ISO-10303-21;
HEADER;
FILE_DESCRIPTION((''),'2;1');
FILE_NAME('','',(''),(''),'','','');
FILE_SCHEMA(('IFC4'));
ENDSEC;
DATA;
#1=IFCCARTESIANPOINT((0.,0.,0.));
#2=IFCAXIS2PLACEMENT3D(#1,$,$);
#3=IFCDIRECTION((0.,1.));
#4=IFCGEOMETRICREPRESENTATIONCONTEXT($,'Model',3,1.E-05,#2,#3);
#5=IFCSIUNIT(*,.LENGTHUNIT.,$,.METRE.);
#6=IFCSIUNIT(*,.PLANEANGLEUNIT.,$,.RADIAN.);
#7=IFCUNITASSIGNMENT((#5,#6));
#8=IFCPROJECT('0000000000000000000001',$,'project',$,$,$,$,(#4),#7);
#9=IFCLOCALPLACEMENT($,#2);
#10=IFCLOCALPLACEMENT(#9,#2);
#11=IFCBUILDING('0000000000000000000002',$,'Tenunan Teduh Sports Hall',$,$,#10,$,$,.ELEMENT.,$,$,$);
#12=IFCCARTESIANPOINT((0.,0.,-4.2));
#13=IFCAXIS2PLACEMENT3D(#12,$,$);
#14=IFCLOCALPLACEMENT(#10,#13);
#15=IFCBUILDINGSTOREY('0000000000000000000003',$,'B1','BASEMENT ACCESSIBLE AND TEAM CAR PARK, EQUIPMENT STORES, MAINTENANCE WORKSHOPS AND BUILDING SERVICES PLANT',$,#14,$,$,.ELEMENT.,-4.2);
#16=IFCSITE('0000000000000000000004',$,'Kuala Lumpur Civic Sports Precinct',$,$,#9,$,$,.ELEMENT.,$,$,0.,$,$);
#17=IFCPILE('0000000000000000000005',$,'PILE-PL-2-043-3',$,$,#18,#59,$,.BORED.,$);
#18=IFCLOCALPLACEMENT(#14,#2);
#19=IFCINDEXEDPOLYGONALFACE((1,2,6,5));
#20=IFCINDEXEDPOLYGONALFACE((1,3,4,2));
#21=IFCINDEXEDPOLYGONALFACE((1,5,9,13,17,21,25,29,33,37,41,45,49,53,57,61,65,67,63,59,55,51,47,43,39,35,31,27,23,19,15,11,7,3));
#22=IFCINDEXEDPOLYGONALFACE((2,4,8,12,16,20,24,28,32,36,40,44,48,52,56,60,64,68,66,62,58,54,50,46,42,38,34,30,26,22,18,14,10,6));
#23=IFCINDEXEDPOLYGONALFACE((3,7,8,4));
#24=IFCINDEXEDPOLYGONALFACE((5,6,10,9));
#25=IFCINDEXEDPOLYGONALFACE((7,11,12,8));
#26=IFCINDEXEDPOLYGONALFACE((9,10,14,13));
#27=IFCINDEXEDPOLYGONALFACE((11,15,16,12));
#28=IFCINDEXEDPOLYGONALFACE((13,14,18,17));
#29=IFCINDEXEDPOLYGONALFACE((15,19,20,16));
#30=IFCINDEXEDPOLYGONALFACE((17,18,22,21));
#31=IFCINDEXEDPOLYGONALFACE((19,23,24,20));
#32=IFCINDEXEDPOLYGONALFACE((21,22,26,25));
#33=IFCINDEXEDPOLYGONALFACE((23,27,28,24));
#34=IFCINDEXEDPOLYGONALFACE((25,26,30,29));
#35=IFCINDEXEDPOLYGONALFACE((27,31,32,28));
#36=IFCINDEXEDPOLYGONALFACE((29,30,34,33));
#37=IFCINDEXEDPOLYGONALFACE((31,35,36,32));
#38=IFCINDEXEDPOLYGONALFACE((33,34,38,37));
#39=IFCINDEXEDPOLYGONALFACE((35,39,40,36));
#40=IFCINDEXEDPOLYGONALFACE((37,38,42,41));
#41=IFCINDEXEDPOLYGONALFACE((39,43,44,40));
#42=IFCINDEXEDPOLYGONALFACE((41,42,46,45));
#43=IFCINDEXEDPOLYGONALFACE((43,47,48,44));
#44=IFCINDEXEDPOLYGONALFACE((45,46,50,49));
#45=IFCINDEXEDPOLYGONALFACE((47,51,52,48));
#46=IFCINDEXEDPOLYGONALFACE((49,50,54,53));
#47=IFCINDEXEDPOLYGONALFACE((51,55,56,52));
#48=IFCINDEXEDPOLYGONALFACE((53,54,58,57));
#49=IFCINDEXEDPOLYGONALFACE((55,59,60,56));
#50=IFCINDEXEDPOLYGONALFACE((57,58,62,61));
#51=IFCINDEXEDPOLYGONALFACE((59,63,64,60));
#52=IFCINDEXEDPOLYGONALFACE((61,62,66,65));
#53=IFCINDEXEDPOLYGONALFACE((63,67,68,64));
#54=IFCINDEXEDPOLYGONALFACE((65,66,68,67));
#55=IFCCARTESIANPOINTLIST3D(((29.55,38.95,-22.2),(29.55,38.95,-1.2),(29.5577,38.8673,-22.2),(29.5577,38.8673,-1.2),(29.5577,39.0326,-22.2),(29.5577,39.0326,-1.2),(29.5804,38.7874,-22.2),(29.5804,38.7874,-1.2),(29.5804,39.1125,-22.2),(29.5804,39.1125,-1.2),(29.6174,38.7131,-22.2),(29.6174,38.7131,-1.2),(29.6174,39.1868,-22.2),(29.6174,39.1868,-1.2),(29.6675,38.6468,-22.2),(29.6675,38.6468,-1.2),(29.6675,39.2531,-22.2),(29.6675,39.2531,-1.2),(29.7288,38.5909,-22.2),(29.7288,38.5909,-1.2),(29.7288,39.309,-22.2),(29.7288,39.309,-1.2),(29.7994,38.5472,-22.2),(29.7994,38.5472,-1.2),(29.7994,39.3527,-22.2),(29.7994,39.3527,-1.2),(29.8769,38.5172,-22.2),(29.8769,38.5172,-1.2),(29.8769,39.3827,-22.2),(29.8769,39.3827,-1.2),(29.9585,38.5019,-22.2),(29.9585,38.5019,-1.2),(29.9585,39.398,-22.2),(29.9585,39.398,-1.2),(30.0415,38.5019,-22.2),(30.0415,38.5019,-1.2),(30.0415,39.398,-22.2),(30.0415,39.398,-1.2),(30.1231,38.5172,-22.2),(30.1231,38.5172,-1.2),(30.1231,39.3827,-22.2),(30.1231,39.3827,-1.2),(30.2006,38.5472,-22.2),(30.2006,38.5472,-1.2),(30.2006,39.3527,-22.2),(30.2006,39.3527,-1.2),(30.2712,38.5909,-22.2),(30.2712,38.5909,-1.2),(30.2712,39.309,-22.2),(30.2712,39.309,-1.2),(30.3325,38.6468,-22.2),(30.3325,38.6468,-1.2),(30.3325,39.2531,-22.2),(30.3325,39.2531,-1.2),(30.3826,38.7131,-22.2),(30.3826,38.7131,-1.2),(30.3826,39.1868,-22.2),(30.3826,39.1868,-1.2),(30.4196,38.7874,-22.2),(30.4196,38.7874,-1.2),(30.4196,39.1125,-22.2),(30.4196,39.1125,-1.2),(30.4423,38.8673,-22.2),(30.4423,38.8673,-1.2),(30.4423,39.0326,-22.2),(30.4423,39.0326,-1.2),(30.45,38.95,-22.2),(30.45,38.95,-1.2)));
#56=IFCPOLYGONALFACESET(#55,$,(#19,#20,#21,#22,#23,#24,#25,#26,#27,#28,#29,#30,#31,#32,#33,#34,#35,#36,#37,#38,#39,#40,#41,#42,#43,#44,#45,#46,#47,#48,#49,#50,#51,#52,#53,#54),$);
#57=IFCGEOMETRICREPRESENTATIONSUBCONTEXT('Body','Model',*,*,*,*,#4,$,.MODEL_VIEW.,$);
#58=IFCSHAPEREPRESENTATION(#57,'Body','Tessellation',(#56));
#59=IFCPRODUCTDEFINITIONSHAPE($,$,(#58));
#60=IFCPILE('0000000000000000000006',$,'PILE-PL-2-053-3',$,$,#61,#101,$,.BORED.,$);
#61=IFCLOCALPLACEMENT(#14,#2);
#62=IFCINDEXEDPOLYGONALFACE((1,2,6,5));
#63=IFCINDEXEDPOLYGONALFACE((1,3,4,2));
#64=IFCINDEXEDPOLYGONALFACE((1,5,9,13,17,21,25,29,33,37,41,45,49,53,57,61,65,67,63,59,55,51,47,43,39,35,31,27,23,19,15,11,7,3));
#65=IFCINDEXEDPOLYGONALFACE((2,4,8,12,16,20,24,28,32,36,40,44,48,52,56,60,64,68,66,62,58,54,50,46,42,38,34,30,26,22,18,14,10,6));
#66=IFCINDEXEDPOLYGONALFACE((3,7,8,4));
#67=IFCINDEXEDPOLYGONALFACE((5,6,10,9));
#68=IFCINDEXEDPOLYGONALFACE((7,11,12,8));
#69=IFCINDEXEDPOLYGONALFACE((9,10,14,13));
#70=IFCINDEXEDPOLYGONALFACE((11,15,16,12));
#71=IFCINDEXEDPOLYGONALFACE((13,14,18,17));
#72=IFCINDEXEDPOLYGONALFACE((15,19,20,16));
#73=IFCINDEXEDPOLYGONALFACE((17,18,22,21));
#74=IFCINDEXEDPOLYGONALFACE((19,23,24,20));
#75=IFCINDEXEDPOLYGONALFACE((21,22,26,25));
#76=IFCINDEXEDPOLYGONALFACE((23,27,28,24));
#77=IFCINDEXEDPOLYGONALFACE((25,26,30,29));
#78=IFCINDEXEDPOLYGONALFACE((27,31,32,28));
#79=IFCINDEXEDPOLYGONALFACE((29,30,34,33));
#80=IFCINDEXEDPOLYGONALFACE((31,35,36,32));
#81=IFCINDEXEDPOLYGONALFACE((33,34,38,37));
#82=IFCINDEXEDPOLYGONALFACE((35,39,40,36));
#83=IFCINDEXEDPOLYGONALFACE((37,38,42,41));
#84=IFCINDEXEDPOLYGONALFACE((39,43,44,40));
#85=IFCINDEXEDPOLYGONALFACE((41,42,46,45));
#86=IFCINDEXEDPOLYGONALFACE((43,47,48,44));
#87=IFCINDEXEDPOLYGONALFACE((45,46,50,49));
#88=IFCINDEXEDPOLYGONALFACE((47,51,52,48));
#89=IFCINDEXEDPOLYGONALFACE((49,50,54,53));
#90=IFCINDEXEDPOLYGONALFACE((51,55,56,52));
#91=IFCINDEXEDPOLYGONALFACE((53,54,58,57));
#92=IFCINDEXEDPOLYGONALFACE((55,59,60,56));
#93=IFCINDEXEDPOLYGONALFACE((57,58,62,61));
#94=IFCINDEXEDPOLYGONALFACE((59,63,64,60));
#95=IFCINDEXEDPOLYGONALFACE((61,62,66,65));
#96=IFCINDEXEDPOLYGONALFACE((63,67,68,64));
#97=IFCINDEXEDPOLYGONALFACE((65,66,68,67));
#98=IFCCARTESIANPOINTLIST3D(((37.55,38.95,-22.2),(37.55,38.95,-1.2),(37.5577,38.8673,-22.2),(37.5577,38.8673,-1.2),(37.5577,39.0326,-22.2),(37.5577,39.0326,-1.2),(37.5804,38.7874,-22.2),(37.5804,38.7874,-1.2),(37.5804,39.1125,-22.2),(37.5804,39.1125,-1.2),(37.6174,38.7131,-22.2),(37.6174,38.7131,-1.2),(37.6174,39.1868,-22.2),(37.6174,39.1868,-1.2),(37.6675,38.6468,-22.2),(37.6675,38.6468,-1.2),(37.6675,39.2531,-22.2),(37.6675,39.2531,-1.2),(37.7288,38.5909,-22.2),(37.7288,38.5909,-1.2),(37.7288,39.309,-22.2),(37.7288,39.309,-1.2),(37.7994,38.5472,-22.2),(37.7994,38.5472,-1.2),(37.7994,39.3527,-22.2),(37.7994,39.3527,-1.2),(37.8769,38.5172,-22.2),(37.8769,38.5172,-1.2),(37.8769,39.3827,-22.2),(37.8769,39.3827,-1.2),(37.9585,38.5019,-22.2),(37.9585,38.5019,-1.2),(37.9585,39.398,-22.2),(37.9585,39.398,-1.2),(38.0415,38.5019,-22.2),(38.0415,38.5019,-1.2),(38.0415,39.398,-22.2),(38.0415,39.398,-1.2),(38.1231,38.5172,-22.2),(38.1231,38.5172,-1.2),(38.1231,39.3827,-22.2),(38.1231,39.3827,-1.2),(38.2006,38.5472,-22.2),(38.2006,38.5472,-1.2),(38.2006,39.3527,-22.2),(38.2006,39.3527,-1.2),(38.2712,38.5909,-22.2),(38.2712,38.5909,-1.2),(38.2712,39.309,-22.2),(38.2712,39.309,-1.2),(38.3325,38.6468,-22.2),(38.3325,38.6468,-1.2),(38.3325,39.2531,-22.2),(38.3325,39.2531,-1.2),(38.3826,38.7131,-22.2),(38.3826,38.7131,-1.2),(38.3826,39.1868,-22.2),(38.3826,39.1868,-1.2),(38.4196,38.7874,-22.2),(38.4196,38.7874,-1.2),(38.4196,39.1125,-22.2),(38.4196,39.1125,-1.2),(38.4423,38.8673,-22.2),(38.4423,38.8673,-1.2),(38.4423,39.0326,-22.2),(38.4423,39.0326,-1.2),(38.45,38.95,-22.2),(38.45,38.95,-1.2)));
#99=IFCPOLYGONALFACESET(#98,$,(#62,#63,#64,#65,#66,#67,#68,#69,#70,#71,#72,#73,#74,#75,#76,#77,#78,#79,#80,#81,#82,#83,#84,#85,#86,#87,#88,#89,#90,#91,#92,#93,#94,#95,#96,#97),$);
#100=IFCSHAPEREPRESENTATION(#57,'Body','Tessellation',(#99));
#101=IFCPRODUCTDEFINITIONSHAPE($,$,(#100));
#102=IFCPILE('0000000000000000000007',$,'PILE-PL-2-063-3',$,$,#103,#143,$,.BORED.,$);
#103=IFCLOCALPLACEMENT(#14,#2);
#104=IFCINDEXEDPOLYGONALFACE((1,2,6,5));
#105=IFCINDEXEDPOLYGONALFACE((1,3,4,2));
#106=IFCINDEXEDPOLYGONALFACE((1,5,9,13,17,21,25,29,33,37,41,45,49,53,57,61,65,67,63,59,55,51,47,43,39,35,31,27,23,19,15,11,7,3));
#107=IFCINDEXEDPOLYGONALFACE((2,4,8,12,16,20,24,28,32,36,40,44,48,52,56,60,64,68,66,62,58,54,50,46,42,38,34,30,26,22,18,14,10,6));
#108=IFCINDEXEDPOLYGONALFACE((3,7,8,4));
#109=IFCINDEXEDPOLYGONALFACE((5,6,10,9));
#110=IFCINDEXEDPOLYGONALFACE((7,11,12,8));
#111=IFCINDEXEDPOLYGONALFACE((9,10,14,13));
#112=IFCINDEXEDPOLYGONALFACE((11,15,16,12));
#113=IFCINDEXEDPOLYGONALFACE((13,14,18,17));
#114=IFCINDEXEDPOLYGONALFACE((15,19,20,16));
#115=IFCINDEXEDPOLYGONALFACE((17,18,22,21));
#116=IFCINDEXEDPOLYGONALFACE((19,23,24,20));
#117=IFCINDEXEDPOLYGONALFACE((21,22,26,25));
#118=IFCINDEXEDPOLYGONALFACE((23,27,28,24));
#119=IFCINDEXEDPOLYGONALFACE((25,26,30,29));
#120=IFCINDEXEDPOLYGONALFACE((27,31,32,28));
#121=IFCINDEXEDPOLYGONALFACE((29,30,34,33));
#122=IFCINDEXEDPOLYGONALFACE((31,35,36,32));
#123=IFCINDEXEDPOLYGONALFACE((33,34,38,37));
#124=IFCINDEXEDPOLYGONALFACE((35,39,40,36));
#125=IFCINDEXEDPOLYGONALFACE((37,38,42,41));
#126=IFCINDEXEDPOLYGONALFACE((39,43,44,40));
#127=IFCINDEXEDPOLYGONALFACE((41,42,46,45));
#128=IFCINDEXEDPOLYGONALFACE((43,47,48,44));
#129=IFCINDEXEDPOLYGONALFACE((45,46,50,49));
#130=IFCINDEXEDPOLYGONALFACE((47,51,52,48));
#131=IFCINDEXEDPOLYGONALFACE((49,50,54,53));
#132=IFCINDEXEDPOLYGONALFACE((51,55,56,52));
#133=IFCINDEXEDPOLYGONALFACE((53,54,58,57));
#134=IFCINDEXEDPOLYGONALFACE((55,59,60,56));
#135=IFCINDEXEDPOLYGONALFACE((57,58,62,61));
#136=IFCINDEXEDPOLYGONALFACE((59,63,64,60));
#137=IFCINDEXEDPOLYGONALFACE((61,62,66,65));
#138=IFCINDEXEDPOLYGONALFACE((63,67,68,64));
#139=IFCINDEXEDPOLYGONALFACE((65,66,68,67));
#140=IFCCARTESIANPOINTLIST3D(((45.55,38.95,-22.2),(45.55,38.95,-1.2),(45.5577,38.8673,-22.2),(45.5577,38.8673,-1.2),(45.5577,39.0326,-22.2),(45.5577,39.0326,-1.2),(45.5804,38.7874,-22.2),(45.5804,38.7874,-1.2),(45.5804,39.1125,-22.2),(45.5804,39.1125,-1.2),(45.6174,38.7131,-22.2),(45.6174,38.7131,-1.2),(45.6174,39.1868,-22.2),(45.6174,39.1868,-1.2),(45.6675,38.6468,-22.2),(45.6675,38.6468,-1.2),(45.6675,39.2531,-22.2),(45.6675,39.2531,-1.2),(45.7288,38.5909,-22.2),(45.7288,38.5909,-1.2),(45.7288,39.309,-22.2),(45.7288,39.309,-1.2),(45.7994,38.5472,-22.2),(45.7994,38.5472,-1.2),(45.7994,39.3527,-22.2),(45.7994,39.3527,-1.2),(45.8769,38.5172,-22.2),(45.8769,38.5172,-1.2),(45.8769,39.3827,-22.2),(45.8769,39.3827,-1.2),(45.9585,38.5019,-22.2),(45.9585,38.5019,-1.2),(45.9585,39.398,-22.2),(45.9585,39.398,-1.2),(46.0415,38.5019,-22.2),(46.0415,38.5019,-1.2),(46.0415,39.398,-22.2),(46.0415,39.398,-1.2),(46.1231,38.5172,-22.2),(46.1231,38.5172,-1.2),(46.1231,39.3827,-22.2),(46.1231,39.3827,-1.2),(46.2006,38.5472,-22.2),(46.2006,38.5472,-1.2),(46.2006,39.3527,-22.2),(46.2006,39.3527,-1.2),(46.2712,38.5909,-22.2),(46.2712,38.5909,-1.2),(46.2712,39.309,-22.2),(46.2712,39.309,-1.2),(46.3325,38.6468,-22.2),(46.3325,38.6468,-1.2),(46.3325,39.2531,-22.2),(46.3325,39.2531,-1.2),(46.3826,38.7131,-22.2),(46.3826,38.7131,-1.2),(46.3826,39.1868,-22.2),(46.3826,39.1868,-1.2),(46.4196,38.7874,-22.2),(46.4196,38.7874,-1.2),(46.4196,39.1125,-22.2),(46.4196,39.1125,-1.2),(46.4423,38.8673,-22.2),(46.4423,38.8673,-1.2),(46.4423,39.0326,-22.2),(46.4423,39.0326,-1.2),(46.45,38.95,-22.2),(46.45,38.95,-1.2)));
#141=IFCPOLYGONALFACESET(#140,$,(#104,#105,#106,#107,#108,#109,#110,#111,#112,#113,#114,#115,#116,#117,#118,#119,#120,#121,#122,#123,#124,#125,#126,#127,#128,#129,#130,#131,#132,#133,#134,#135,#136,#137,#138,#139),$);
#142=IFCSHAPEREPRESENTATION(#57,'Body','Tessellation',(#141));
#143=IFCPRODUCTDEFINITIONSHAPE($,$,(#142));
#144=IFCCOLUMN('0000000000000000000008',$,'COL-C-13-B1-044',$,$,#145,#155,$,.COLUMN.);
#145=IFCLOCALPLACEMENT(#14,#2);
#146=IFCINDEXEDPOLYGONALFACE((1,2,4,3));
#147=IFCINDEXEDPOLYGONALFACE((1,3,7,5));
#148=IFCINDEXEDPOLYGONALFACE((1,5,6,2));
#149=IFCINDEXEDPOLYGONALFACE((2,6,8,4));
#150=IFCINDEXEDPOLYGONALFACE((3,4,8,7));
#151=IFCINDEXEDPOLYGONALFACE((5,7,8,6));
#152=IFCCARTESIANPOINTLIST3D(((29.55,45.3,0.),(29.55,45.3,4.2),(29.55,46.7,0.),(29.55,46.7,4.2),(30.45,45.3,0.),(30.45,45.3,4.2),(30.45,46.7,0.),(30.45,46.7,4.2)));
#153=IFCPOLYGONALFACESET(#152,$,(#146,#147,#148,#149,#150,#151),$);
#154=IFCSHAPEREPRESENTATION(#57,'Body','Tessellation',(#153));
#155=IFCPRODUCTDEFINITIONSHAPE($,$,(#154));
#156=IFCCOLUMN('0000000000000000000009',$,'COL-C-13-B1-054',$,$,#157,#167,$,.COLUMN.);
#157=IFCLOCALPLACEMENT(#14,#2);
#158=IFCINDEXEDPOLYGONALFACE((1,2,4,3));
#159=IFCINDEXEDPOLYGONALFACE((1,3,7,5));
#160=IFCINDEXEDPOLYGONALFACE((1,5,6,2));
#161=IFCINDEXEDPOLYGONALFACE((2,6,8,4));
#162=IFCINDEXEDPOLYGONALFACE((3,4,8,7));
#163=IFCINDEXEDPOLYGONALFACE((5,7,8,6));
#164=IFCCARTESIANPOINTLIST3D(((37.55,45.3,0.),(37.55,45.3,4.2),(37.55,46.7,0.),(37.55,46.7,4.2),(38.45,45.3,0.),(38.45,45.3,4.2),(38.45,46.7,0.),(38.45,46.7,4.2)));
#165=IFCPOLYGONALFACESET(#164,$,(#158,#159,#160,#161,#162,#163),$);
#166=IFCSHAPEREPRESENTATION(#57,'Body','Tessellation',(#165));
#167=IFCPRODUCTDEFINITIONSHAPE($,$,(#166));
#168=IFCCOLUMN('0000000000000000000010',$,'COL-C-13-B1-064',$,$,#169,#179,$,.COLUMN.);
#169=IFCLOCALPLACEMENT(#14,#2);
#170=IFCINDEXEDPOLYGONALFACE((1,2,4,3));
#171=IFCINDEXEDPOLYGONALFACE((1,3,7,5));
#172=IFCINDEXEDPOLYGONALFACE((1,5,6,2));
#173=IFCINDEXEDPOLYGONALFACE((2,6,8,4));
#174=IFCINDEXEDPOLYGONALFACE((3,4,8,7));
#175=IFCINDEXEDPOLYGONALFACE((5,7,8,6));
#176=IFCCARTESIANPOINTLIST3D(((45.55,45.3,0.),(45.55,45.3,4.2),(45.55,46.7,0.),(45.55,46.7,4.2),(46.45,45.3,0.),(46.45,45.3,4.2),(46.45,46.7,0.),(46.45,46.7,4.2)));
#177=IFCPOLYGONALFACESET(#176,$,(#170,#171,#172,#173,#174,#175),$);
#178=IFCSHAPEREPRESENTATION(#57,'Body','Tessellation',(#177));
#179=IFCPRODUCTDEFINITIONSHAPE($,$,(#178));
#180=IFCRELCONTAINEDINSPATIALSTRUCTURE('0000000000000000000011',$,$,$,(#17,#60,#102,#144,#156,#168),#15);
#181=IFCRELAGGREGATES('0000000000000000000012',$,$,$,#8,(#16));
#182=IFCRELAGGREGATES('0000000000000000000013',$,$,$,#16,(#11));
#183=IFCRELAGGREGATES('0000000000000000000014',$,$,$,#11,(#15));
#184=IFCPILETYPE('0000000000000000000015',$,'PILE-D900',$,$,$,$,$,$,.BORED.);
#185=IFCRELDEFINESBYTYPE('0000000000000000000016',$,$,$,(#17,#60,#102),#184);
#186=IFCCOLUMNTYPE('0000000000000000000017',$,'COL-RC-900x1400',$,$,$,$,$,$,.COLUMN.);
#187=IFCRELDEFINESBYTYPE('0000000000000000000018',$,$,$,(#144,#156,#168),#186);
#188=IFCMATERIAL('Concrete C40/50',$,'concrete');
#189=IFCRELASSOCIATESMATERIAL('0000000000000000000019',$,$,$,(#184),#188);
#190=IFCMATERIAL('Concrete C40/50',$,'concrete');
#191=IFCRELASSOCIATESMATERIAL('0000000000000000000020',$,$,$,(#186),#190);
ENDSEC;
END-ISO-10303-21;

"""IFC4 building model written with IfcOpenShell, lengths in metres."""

from ifc_helpers import new_model, si_unit, direction, frame, origin, origin_2d, place, context, subcontext, project, spatial, rectangle, circle, extrude, material, material_profile, profile_set, type_object, element, save


model = new_model("IFC4")

# Units and contexts
model_context = context("Model", 3, precision=1e-05, world=origin(), true_north=direction((0.0, 1.0)))
body_context = subcontext(model_context, "Body", "Model", "MODEL_VIEW")
ifc_project = project(units=[si_unit("LENGTHUNIT", "METRE"), si_unit("PLANEANGLEUNIT", "RADIAN")], contexts=[model_context])

# Site, building, storey
site_placement = place(None, origin())
site = spatial("IfcSite", under=ifc_project, at=site_placement, Name="Kuala Lumpur Civic Sports Precinct", CompositionType="ELEMENT", RefElevation=0.0)
building_placement = place(site_placement, origin())
building = spatial("IfcBuilding", under=site, at=building_placement, Name="Tenunan Teduh Sports Hall", CompositionType="ELEMENT")
storey_placement = place(building_placement, frame((0.0, 0.0, -4.2)))
storey = spatial("IfcBuildingStorey", under=building, at=storey_placement, Name="B1", Description="BASEMENT ACCESSIBLE AND TEAM CAR PARK, EQUIPMENT STORES, MAINTENANCE WORKSHOPS AND BUILDING SERVICES PLANT", CompositionType="ELEMENT", Elevation=-4.2)

# Piles
ifc_material_1 = material(Name="Concrete C40/50", Category="concrete")
ifc_material_profile_1 = material_profile(ifc_material_1, circle(Radius=0.45, at=origin_2d()), Name="PILE D900")
ifc_profile_set_1 = profile_set([ifc_material_profile_1], Name="Concrete C40/50")
pile_type_1 = type_object("IfcPileType", Name="PILE-D900", PredefinedType="BORED", material=ifc_profile_set_1)
for number, where, z_axis, x_axis, name in (
    (1, (30.0, 38.95, -1.2), (0.0, 0.0, -1.0), (1.0, 0.0, 0.0), "PILE-PL-2-043-3"),
    (2, (38.0, 38.95, -1.2), (0.0, 0.0, -1.0), (1.0, 0.0, 0.0), "PILE-PL-2-053-3"),
    (3, (46.0, 38.95, -1.2), (0.0, 0.0, -1.0), (1.0, 0.0, 0.0), "PILE-PL-2-063-3"),
):
    element("IfcPile", number, at=place(storey_placement, frame(where, z_axis=z_axis, x_axis=x_axis)), inside=storey, type_object=pile_type_1, Name=name, PredefinedType="BORED", context=body_context, shape_type="SweptSolid", body=[
        extrude(circle(Radius=0.45, at=origin_2d()), origin(), (0.0, 0.0, 1.0), 21.0),
    ])

# Columns
ifc_material_2 = material(Name="Concrete C40/50", Category="concrete")
ifc_material_profile_2 = material_profile(ifc_material_2, rectangle(XDim=0.8999, YDim=1.3999, at=origin_2d()), Name="RC 900x1400")
ifc_profile_set_2 = profile_set([ifc_material_profile_2], Name="Concrete C40/50")
column_type = type_object("IfcColumnType", Name="COL-RC-900x1400", PredefinedType="COLUMN", material=ifc_profile_set_2)
for number, where, z_axis, x_axis, name in (
    (4, (30.0, 46.0, 0.0), (0.0, 0.0, 1.0), (1.0, 0.0, 0.0), "COL-C-13-B1-044"),
    (5, (38.0, 46.0, 0.0), (0.0, 0.0, 1.0), (1.0, 0.0, 0.0), "COL-C-13-B1-054"),
    (6, (46.0, 46.0, 0.0), (0.0, 0.0, 1.0), (1.0, 0.0, 0.0), "COL-C-13-B1-064"),
):
    element("IfcColumn", number, at=place(storey_placement, frame(where, z_axis=z_axis, x_axis=x_axis)), inside=storey, type_object=column_type, Name=name, PredefinedType="COLUMN", context=body_context, shape_type="SweptSolid", body=[
        extrude(rectangle(XDim=0.8999, YDim=1.3999, at=origin_2d()), origin(), (0.0, 0.0, 1.0), 4.2),
    ])

save(model, "model.ifc")
